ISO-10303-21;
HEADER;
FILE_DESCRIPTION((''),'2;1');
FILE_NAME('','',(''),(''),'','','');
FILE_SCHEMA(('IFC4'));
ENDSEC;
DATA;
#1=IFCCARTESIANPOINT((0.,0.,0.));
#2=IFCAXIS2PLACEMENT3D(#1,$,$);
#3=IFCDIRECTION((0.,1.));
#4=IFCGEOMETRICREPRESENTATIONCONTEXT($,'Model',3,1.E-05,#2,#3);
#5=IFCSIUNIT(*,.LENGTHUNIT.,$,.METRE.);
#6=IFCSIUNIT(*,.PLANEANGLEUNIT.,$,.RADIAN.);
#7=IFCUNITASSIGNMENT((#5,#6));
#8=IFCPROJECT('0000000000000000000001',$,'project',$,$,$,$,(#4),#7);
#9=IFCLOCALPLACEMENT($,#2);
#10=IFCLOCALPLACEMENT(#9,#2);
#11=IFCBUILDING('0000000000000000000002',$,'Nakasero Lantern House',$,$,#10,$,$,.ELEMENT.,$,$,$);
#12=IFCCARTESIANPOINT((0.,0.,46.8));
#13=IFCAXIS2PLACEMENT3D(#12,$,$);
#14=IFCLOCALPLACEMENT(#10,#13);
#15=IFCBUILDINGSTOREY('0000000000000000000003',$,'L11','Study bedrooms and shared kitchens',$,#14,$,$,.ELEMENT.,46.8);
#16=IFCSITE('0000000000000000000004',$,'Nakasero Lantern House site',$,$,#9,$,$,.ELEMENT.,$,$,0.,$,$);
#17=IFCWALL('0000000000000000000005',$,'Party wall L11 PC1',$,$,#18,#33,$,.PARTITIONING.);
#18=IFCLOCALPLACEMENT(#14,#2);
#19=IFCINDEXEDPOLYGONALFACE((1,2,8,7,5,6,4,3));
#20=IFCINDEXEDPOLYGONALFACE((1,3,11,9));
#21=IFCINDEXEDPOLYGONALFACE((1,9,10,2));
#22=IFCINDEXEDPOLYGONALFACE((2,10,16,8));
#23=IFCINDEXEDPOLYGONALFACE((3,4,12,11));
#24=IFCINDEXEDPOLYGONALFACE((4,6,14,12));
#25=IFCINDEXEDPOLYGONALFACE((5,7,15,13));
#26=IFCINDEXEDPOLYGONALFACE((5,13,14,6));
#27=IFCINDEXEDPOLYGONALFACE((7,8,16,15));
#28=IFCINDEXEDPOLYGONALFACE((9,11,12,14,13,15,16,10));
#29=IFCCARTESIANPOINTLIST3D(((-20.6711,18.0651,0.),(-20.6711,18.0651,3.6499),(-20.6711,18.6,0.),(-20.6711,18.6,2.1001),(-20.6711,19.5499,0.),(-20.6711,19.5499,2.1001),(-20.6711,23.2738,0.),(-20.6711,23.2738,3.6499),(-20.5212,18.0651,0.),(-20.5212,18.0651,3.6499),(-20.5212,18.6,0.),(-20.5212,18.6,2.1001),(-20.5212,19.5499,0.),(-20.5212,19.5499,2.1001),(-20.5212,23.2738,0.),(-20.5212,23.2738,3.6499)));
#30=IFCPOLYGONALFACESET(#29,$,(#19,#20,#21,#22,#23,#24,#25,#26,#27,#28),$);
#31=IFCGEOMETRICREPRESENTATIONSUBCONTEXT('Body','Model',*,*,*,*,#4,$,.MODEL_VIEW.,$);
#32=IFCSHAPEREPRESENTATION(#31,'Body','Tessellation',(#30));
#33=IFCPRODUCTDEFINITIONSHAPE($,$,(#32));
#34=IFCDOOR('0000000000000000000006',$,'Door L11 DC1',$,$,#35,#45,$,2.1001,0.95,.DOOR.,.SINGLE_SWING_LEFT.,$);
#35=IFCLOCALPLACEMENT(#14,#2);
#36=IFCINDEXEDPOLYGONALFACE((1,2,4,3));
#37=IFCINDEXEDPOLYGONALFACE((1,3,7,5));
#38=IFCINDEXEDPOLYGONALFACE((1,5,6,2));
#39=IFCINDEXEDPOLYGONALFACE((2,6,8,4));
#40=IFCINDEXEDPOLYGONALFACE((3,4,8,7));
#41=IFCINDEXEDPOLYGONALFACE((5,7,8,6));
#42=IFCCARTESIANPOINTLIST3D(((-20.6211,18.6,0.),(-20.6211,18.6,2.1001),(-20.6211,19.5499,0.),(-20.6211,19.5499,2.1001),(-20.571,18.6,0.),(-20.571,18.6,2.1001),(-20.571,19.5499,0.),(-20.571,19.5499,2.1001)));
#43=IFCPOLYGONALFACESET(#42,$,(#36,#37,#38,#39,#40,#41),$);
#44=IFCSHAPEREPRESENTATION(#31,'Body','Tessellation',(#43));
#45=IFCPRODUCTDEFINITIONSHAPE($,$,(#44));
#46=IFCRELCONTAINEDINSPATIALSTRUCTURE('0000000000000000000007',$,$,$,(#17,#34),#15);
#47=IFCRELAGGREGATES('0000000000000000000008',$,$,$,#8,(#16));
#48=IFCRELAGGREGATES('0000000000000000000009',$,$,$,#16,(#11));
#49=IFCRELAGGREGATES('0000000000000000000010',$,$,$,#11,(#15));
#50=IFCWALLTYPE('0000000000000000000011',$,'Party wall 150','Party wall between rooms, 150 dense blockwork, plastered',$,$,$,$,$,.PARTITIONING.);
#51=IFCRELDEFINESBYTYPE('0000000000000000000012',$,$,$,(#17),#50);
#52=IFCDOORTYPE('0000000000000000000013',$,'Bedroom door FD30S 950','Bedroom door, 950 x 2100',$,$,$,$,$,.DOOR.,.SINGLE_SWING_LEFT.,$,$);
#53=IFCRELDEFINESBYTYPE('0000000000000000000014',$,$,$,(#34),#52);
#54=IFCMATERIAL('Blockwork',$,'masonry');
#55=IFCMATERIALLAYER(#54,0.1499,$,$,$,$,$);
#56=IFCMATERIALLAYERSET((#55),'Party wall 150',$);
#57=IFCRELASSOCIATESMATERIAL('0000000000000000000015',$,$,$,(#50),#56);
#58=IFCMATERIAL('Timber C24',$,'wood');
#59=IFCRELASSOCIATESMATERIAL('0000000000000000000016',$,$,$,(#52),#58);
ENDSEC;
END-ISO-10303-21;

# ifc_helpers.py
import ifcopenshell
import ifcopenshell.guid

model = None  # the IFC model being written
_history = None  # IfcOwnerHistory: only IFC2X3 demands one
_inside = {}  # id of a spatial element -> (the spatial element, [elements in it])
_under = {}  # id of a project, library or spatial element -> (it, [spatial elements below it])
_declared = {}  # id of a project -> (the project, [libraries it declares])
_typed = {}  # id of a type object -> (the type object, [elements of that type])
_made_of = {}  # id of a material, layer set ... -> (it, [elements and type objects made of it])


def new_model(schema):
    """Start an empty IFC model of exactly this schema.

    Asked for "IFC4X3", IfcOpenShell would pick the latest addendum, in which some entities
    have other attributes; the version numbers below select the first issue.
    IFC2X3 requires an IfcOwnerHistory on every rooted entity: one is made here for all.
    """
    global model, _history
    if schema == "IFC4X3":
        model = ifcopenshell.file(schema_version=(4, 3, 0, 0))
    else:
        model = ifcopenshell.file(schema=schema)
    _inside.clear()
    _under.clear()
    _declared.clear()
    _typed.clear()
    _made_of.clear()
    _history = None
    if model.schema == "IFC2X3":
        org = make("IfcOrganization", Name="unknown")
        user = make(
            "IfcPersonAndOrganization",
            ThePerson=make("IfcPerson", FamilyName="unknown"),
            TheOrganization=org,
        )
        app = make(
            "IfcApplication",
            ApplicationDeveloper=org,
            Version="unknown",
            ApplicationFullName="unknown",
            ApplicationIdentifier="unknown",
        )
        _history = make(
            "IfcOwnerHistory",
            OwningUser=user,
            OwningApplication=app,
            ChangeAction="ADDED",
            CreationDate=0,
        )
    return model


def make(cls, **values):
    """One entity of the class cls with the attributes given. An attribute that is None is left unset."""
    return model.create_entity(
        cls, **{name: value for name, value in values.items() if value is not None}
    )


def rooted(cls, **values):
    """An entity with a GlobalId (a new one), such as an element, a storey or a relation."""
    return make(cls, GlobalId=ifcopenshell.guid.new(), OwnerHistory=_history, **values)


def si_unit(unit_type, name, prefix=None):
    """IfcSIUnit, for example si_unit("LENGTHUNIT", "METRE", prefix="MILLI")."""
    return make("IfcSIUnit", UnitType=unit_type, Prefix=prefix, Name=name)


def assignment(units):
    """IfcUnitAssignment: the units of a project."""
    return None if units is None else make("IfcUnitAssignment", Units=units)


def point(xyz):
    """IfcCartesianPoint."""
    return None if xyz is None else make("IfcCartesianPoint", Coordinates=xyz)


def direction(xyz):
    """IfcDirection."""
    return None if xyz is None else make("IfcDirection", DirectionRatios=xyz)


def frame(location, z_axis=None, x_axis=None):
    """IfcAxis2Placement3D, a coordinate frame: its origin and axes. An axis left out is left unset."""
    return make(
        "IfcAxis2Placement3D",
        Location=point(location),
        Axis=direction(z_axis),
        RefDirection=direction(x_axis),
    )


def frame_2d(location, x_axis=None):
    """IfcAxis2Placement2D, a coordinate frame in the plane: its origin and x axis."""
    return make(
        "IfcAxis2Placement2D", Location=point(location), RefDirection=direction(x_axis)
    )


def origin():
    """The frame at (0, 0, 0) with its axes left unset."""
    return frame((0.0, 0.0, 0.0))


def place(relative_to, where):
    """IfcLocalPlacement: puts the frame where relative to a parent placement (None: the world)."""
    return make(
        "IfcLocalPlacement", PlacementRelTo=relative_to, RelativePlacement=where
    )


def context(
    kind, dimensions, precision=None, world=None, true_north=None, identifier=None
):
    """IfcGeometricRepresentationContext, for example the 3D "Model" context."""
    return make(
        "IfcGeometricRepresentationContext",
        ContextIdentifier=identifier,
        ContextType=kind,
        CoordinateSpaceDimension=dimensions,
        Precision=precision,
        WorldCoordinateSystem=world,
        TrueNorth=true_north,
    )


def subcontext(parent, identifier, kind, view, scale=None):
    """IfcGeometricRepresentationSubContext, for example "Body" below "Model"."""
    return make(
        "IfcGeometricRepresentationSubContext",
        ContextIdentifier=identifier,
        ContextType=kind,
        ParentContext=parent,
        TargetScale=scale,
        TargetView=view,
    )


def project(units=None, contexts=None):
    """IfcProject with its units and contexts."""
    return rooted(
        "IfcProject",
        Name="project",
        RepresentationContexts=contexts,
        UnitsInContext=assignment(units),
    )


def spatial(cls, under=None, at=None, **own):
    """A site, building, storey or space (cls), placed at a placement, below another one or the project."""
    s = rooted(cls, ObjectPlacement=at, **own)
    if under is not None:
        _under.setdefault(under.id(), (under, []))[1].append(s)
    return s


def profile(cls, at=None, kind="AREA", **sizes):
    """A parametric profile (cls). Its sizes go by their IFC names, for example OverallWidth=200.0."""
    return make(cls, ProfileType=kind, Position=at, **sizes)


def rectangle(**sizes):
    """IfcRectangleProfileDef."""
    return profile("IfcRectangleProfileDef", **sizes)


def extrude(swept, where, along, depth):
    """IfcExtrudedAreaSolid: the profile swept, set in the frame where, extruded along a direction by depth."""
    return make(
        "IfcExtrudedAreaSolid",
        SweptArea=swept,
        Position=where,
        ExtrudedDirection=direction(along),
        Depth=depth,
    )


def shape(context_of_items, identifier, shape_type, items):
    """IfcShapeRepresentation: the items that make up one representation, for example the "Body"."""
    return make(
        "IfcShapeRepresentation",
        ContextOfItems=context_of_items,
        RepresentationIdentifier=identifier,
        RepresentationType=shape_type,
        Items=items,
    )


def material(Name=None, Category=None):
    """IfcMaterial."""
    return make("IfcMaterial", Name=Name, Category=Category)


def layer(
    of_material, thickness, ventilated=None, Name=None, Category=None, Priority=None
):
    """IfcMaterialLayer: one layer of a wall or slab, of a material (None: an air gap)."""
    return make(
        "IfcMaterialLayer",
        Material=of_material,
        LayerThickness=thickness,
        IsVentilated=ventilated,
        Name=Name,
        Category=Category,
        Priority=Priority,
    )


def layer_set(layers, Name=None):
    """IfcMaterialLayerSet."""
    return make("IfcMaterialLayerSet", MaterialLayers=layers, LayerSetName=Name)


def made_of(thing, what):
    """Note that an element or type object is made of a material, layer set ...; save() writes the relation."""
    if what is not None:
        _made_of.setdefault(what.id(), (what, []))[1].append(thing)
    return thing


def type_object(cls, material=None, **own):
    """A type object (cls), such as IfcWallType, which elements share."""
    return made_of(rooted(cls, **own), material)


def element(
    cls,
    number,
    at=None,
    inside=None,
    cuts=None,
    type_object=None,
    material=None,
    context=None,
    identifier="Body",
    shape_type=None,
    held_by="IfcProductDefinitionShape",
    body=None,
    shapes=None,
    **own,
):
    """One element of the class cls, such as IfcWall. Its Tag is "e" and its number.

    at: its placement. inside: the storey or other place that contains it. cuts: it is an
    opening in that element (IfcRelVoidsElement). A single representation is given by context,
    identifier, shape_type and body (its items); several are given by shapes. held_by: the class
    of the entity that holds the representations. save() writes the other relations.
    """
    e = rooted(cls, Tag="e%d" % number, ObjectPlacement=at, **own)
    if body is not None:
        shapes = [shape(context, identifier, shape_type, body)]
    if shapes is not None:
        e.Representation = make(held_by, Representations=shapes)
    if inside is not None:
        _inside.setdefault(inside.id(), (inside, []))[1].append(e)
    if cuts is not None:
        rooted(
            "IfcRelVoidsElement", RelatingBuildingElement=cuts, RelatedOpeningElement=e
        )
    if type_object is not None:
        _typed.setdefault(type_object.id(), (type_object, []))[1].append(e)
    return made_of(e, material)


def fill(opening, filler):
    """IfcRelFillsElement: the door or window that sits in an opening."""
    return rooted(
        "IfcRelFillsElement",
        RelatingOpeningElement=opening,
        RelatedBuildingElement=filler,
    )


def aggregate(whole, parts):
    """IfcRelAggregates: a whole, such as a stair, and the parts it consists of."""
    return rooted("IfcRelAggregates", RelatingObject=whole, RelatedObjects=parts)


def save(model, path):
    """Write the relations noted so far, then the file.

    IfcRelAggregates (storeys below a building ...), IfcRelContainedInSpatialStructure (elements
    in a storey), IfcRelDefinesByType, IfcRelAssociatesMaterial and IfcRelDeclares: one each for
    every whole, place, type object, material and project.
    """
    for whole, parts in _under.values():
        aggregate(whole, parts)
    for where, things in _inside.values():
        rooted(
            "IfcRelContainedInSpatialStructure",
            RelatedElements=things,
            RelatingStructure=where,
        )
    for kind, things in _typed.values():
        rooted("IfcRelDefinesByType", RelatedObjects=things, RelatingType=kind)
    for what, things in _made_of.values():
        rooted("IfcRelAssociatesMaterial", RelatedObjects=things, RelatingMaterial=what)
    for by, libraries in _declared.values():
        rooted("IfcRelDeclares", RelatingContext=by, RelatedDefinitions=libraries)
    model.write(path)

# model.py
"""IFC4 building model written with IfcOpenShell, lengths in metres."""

from ifc_helpers import new_model, si_unit, direction, frame, frame_2d, origin, place, context, subcontext, project, spatial, rectangle, extrude, material, layer, layer_set, type_object, element, fill, save


model = new_model("IFC4")

# Units and contexts
model_context = context("Model", 3, precision=1e-05, world=origin(), true_north=direction((0.0, 1.0)))
body_context = subcontext(model_context, "Body", "Model", "MODEL_VIEW")
ifc_project = project(units=[si_unit("LENGTHUNIT", "METRE"), si_unit("PLANEANGLEUNIT", "RADIAN")], contexts=[model_context])

# Site, building, storey
site_placement = place(None, origin())
site = spatial("IfcSite", under=ifc_project, at=site_placement, Name="Nakasero Lantern House site", CompositionType="ELEMENT", RefElevation=0.0)
building_placement = place(site_placement, origin())
building = spatial("IfcBuilding", under=site, at=building_placement, Name="Nakasero Lantern House", CompositionType="ELEMENT")
storey_placement = place(building_placement, frame((0.0, 0.0, 46.8)))
storey = spatial("IfcBuildingStorey", under=building, at=storey_placement, Name="L11", Description="Study bedrooms and shared kitchens", CompositionType="ELEMENT", Elevation=46.8)

# Wall, opening, door
ifc_material_1 = material(Name="Blockwork", Category="masonry")
ifc_layer_1 = layer(ifc_material_1, 0.1499)
ifc_layer_set_1 = layer_set([ifc_layer_1], Name="Party wall 150")
wall_type_1 = type_object("IfcWallType", Name="Party wall 150", Description="Party wall between rooms, 150 dense blockwork, plastered", PredefinedType="PARTITIONING", material=ifc_layer_set_1)
wall_1_placement = place(storey_placement, frame((-20.5962, 18.0649, 0.0), z_axis=(0.0, 0.0, 1.0), x_axis=(0.0, 1.0, 0.0)))
wall_1 = element("IfcWall", 1, at=wall_1_placement, inside=storey, type_object=wall_type_1, Name="Party wall L11 PC1", PredefinedType="PARTITIONING", context=body_context, shape_type="SweptSolid", body=[
    extrude(rectangle(XDim=5.2087, YDim=0.1499, at=frame_2d((2.6045, 0.0))), origin(), (0.0, 0.0, 1.0), 3.6499),
])
opening_1_placement = place(wall_1_placement, frame((0.5349, 0.0, 0.0)))
opening_1 = element("IfcOpeningElement", 2, at=opening_1_placement, cuts=wall_1, PredefinedType="OPENING", context=body_context, shape_type="SweptSolid", body=[
    extrude(rectangle(XDim=0.95, YDim=2.1001, at=frame_2d((0.4751, 1.05))), frame((0.0, 0.095, 0.0), z_axis=(0.0, -1.0, 0.0), x_axis=(1.0, 0.0, 0.0)), (0.0, 0.0, 1.0), 0.1899),
])
ifc_material_2 = material(Name="Timber C24", Category="wood")
door_type_1 = type_object("IfcDoorType", Name="Bedroom door FD30S 950", Description="Bedroom door, 950 x 2100", OperationType="SINGLE_SWING_LEFT", PredefinedType="DOOR", material=ifc_material_2)
door_1_placement = place(opening_1_placement, origin())
door_1 = element("IfcDoor", 3, at=door_1_placement, inside=storey, type_object=door_type_1, Name="Door L11 DC1", OperationType="SINGLE_SWING_LEFT", OverallHeight=2.1001, OverallWidth=0.95, PredefinedType="DOOR", context=body_context, shape_type="SweptSolid", body=[
    extrude(rectangle(XDim=0.95, YDim=2.1001, at=frame_2d((0.4751, 1.05))), frame((0.0, 0.0249, 0.0), z_axis=(0.0, -1.0, 0.0), x_axis=(1.0, 0.0, 0.0)), (0.0, 0.0, 1.0), 0.05),
])
fill(opening_1, door_1)

save(model, "model.ifc")
